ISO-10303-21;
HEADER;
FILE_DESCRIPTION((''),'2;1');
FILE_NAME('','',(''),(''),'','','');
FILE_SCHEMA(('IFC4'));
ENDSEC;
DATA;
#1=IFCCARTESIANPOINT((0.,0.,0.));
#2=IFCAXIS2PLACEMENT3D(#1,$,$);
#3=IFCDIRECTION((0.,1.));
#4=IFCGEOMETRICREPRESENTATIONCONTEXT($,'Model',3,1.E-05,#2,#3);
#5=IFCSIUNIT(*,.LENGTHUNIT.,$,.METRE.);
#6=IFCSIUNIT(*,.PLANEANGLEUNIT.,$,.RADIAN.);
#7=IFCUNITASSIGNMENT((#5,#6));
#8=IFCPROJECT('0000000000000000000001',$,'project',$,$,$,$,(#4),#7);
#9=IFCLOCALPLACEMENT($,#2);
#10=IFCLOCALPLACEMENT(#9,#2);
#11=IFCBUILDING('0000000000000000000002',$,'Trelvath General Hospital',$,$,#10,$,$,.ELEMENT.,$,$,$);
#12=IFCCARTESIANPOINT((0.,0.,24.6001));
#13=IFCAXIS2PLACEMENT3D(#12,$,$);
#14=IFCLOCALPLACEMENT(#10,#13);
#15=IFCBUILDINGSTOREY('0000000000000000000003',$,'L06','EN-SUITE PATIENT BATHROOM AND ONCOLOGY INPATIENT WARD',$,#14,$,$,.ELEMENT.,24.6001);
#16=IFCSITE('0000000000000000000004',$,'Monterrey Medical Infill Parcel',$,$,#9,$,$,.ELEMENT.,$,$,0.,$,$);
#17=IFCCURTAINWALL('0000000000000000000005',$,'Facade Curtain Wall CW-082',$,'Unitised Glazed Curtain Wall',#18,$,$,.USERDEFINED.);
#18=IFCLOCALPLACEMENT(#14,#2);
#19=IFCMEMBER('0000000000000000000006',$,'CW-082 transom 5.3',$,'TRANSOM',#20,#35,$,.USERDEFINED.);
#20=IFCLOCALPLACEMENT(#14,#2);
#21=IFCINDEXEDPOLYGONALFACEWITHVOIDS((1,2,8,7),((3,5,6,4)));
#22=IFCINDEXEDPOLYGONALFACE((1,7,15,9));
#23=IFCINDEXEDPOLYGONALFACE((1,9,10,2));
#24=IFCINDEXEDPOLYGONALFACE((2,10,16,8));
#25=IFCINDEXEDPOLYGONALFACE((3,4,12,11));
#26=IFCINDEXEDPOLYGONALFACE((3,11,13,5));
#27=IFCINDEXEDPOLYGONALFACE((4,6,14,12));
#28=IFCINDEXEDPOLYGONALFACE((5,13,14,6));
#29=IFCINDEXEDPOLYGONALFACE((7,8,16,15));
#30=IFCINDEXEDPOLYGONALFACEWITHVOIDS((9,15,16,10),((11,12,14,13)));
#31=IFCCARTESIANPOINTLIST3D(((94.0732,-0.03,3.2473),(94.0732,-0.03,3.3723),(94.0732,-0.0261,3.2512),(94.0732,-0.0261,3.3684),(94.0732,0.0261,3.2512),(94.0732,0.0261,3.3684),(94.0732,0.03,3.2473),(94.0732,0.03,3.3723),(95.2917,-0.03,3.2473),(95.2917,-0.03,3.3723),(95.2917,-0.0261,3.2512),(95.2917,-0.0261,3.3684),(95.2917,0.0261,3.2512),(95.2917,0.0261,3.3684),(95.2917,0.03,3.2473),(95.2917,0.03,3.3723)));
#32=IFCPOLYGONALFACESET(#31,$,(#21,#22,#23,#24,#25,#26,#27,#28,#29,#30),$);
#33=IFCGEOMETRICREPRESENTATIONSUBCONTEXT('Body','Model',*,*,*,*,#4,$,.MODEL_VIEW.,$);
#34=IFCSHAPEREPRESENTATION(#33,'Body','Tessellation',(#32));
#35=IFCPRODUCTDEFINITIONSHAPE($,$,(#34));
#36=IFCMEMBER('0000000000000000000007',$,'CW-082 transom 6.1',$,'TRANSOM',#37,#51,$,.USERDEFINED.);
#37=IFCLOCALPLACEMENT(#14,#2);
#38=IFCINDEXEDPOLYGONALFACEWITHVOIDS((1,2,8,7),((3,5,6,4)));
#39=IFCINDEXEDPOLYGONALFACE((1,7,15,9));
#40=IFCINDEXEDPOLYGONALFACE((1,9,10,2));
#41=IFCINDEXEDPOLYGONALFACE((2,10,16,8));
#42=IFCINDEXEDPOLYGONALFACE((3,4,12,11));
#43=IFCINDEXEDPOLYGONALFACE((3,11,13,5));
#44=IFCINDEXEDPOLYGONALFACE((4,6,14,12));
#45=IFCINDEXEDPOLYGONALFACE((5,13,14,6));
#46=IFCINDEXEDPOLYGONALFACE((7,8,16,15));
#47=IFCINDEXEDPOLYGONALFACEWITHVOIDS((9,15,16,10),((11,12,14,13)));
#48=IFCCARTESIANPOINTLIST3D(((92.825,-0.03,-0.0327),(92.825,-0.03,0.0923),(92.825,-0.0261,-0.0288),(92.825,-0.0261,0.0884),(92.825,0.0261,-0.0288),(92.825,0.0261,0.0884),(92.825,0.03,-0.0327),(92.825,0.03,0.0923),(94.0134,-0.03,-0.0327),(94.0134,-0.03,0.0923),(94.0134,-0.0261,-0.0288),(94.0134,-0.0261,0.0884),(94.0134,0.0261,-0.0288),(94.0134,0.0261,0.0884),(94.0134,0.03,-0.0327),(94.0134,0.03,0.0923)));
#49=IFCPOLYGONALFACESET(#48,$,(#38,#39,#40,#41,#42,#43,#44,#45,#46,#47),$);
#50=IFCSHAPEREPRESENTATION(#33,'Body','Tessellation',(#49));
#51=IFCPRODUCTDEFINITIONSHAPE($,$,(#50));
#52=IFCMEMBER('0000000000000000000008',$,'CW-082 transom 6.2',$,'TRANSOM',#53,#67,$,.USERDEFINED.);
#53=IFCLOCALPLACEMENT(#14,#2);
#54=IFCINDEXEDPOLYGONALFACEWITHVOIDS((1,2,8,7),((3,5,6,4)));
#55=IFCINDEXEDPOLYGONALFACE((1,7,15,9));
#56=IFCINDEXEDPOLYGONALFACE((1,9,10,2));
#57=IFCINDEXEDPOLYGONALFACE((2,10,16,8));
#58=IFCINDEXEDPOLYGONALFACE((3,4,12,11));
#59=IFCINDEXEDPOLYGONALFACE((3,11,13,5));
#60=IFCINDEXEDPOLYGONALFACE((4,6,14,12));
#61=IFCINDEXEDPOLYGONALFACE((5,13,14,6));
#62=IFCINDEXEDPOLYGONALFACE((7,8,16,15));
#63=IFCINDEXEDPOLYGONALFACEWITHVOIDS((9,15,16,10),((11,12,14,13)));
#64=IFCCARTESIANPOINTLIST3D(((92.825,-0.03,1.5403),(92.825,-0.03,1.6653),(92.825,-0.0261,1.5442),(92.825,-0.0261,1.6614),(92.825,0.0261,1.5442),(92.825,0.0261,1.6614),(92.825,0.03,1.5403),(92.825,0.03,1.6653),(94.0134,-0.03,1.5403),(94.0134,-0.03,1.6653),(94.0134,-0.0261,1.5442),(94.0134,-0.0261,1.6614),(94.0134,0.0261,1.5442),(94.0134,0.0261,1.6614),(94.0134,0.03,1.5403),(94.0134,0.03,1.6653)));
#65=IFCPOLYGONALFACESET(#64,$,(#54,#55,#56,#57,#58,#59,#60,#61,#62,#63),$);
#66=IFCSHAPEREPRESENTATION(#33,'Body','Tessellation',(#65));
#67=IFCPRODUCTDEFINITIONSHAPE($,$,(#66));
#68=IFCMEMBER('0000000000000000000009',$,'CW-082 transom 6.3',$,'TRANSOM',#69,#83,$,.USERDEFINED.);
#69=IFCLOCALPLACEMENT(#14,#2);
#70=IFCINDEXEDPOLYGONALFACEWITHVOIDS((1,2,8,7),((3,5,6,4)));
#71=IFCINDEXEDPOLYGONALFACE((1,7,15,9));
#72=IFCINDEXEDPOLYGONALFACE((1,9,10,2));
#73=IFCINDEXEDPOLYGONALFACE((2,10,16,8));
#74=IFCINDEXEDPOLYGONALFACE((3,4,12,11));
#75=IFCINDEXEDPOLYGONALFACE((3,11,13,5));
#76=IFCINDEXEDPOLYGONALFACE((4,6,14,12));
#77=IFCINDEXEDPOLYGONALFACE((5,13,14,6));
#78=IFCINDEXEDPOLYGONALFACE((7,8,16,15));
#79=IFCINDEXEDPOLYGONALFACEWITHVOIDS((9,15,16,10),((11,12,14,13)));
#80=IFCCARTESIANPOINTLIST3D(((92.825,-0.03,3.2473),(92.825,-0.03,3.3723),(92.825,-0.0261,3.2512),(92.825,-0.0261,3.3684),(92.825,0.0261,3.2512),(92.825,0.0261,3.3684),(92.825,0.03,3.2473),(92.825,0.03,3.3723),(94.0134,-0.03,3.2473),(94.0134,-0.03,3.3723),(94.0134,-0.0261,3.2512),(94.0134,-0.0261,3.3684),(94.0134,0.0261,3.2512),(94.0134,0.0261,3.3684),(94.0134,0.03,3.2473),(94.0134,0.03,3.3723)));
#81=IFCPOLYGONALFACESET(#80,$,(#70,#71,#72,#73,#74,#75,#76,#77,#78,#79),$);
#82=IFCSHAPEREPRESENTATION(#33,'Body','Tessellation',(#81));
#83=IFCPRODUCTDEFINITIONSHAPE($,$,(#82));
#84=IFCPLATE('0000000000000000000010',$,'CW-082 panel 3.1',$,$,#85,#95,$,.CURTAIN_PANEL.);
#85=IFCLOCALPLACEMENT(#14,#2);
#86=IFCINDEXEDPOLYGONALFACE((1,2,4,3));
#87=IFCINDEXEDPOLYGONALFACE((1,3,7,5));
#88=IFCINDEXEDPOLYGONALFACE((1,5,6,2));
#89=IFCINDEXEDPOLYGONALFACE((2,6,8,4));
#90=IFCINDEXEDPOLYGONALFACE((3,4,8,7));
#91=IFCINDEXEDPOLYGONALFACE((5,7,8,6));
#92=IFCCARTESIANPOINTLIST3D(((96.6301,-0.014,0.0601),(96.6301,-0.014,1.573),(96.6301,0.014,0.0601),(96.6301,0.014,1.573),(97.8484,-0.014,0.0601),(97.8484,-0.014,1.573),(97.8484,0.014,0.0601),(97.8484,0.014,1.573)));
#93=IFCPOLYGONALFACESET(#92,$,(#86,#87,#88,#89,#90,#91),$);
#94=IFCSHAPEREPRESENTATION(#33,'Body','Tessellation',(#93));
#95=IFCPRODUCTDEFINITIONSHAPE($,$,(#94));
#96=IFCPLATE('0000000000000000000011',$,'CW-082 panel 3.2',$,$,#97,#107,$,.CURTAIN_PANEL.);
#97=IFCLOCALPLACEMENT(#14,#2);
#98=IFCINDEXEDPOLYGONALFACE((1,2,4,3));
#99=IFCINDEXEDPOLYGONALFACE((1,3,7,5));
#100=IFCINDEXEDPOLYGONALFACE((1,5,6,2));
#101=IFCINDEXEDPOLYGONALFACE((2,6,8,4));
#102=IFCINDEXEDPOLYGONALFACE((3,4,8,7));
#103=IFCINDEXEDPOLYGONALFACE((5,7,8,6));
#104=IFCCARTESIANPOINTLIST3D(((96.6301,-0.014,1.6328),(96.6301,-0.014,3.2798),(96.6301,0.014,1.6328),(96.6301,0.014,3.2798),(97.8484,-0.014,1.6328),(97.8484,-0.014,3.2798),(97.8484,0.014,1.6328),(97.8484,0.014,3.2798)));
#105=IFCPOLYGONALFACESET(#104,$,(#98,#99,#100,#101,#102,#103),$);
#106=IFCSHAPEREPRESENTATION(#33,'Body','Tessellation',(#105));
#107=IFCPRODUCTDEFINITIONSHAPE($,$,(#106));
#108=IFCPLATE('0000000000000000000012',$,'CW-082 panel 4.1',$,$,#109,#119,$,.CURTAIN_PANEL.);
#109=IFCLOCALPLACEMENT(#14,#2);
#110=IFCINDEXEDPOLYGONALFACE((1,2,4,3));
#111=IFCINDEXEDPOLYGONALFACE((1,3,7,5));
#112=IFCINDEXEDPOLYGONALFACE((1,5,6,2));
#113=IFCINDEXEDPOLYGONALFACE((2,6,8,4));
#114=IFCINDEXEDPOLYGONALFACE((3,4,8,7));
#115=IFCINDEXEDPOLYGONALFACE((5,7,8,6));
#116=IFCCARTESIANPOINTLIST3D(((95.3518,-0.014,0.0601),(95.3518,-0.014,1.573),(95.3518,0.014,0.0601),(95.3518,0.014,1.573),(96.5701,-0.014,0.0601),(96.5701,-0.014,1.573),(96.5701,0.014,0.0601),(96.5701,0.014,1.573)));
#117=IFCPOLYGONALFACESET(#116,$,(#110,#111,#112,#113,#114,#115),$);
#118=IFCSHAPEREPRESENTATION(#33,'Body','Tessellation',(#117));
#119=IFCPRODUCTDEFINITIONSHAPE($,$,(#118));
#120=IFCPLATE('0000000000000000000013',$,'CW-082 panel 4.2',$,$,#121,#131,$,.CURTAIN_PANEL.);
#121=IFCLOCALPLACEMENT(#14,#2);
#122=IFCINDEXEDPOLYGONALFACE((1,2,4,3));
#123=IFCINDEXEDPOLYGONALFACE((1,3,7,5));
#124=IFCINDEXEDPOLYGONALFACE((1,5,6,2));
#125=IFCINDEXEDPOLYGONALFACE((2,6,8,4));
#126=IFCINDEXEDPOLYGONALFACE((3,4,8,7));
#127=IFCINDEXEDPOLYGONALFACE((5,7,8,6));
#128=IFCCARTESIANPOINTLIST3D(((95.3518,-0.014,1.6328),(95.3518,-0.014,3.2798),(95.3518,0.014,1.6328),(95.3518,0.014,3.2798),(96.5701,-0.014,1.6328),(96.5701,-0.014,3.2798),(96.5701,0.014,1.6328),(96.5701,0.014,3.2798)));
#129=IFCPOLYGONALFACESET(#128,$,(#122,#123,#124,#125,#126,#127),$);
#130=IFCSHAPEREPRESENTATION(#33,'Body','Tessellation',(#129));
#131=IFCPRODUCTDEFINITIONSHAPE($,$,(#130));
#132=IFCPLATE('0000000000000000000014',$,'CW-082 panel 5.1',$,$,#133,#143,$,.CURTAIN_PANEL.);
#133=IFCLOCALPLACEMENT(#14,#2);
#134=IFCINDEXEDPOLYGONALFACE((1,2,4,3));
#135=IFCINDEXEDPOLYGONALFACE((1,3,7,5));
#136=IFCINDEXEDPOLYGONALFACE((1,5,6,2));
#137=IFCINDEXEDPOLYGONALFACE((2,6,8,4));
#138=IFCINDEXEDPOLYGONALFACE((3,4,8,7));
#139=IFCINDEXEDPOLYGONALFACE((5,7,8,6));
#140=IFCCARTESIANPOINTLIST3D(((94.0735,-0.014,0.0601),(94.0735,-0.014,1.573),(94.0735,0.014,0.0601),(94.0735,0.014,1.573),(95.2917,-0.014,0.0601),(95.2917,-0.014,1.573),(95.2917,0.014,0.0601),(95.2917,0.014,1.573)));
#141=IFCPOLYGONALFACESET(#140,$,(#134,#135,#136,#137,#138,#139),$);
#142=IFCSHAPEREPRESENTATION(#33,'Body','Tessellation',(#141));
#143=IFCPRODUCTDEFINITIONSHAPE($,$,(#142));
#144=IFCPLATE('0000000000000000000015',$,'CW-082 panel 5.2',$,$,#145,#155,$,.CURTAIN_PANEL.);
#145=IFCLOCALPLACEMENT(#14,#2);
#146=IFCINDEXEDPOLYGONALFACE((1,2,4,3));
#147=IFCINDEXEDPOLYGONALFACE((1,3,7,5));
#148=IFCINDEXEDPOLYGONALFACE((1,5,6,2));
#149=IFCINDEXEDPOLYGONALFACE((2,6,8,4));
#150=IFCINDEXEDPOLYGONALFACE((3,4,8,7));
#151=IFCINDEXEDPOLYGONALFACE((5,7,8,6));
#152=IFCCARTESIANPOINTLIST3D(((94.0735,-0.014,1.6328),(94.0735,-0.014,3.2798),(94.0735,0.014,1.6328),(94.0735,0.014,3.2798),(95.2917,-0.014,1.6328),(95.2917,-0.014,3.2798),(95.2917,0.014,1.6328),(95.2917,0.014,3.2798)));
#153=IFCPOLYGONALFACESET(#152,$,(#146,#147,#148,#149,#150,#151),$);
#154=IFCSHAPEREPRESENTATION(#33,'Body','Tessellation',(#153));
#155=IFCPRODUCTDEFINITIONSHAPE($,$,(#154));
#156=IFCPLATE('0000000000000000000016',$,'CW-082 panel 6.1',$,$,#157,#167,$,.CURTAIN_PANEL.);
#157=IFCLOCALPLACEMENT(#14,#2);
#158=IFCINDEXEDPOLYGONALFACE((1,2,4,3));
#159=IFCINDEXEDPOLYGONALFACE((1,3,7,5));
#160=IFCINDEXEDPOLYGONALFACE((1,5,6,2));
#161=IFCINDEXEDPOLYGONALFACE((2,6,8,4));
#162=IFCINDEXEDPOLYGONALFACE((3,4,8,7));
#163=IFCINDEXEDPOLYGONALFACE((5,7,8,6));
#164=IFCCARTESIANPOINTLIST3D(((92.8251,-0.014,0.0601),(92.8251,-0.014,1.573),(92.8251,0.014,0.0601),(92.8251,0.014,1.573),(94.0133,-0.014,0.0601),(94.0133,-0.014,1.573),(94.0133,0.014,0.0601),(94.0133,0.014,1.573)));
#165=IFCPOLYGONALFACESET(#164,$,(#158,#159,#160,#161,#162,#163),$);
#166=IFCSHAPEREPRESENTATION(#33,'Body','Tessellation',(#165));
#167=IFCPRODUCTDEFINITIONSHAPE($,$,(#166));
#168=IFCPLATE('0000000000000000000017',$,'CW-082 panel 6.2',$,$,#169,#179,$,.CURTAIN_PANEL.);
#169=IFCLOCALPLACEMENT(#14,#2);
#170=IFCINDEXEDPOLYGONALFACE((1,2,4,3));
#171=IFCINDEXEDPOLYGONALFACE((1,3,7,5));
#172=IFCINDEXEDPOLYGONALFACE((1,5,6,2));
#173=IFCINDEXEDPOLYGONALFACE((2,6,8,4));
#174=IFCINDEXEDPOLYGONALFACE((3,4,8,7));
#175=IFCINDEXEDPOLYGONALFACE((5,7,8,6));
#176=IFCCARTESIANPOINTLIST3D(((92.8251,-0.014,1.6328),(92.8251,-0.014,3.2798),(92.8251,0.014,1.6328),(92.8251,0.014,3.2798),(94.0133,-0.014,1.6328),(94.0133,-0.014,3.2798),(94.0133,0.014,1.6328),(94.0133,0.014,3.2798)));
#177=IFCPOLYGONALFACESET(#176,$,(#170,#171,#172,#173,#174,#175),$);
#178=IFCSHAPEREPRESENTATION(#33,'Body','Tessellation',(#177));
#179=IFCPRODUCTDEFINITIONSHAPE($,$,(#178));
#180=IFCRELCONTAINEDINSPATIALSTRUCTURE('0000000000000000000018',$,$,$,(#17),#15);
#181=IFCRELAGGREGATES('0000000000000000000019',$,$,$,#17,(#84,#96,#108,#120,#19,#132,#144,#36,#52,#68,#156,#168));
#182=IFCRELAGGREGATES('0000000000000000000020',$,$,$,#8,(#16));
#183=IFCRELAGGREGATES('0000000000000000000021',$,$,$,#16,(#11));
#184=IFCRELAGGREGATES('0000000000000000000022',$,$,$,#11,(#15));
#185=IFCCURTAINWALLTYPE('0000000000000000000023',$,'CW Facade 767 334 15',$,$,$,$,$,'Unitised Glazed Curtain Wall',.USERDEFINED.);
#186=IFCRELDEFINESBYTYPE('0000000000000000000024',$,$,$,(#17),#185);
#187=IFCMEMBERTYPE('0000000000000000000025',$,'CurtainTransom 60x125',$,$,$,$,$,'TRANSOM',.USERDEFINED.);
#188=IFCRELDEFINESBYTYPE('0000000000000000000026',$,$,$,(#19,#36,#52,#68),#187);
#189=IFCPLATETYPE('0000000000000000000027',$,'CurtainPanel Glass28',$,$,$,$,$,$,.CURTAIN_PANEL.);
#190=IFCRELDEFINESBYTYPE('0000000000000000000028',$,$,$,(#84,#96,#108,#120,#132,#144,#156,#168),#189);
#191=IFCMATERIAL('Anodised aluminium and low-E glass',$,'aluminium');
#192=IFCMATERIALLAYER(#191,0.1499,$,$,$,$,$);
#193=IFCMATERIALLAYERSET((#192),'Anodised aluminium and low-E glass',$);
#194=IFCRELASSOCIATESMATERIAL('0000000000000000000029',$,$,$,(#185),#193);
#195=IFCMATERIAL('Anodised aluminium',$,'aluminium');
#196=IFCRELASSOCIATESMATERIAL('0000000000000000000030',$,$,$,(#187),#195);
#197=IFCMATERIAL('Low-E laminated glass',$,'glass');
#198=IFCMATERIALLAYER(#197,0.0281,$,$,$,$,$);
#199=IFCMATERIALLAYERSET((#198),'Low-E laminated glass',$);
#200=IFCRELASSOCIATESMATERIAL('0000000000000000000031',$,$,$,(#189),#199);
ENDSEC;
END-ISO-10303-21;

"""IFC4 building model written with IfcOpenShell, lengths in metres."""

from ifc_helpers import new_model, si_unit, direction, frame, origin, origin_2d, place, context, subcontext, project, spatial, rectangle, hollow_rectangle, extrude, material, layer, layer_set, material_profile, profile_set, type_object, element, aggregate, save


model = new_model("IFC4")

# Units and contexts
model_context = context("Model", 3, precision=1e-05, world=origin(), true_north=direction((0.0, 1.0)))
body_context = subcontext(model_context, "Body", "Model", "MODEL_VIEW")
ifc_project = project(units=[si_unit("LENGTHUNIT", "METRE"), si_unit("PLANEANGLEUNIT", "RADIAN")], contexts=[model_context])

# Site, building, storey
site_placement = place(None, origin())
site = spatial("IfcSite", under=ifc_project, at=site_placement, Name="Monterrey Medical Infill Parcel", CompositionType="ELEMENT", RefElevation=0.0)
building_placement = place(site_placement, origin())
building = spatial("IfcBuilding", under=site, at=building_placement, Name="Trelvath General Hospital", CompositionType="ELEMENT")
storey_placement = place(building_placement, frame((0.0, 0.0, 24.6001)))
storey = spatial("IfcBuildingStorey", under=building, at=storey_placement, Name="L06", Description="EN-SUITE PATIENT BATHROOM AND ONCOLOGY INPATIENT WARD", CompositionType="ELEMENT", Elevation=24.6001)

# Curtain wall, members, plates
ifc_material_1 = material(Name="Anodised aluminium and low-E glass", Category="aluminium")
ifc_layer_1 = layer(ifc_material_1, 0.1499)
ifc_layer_set_1 = layer_set([ifc_layer_1], Name="Anodised aluminium and low-E glass")
curtain_wall_type = type_object("IfcCurtainWallType", Name="CW Facade 767 334 15", ElementType="Unitised Glazed Curtain Wall", PredefinedType="USERDEFINED", material=ifc_layer_set_1)
curtain_wall_placement = place(storey_placement, origin())
curtain_wall = element("IfcCurtainWall", 1, at=curtain_wall_placement, inside=storey, type_object=curtain_wall_type, Name="Facade Curtain Wall CW-082", ObjectType="Unitised Glazed Curtain Wall", PredefinedType="USERDEFINED")
ifc_material_2 = material(Name="Anodised aluminium", Category="aluminium")
ifc_material_profile_1 = material_profile(ifc_material_2, hollow_rectangle(XDim=0.0601, YDim=0.125, WallThickness=0.0039, at=origin_2d()), Name="RHS60x125x4")
ifc_profile_set_1 = profile_set([ifc_material_profile_1], Name="Anodised aluminium")
member_type_1 = type_object("IfcMemberType", Name="CurtainTransom 60x125", ElementType="TRANSOM", PredefinedType="USERDEFINED", material=ifc_profile_set_1)
member_1_placement = place(storey_placement, frame((95.2917, 0.0, 3.3098), z_axis=(-1.0, 0.0, 0.0), x_axis=(0.0, -1.0, 0.0)))
member_1 = element("IfcMember", 2, at=member_1_placement, type_object=member_type_1, Name="CW-082 transom 5.3", ObjectType="TRANSOM", PredefinedType="USERDEFINED", context=body_context, shape_type="SweptSolid", body=[
    extrude(hollow_rectangle(XDim=0.0601, YDim=0.125, WallThickness=0.0039, at=origin_2d()), origin(), (0.0, 0.0, 1.0), 1.2185),
])
member_2_placement = place(storey_placement, frame((94.0134, 0.0, 0.0298), z_axis=(-1.0, 0.0, 0.0), x_axis=(0.0, -1.0, 0.0)))
member_2 = element("IfcMember", 3, at=member_2_placement, type_object=member_type_1, Name="CW-082 transom 6.1", ObjectType="TRANSOM", PredefinedType="USERDEFINED", context=body_context, shape_type="SweptSolid", body=[
    extrude(hollow_rectangle(XDim=0.0601, YDim=0.125, WallThickness=0.0039, at=origin_2d()), origin(), (0.0, 0.0, 1.0), 1.1885),
])
member_3_placement = place(storey_placement, frame((94.0134, 0.0, 1.6028), z_axis=(-1.0, 0.0, 0.0), x_axis=(0.0, -1.0, 0.0)))
member_3 = element("IfcMember", 4, at=member_3_placement, type_object=member_type_1, Name="CW-082 transom 6.2", ObjectType="TRANSOM", PredefinedType="USERDEFINED", context=body_context, shape_type="SweptSolid", body=[
    extrude(hollow_rectangle(XDim=0.0601, YDim=0.125, WallThickness=0.0039, at=origin_2d()), origin(), (0.0, 0.0, 1.0), 1.1885),
])
member_4_placement = place(storey_placement, frame((94.0134, 0.0, 3.3098), z_axis=(-1.0, 0.0, 0.0), x_axis=(0.0, -1.0, 0.0)))
member_4 = element("IfcMember", 5, at=member_4_placement, type_object=member_type_1, Name="CW-082 transom 6.3", ObjectType="TRANSOM", PredefinedType="USERDEFINED", context=body_context, shape_type="SweptSolid", body=[
    extrude(hollow_rectangle(XDim=0.0601, YDim=0.125, WallThickness=0.0039, at=origin_2d()), origin(), (0.0, 0.0, 1.0), 1.1885),
])
ifc_material_3 = material(Name="Low-E laminated glass", Category="glass")
ifc_layer_2 = layer(ifc_material_3, 0.0281)
ifc_layer_set_2 = layer_set([ifc_layer_2], Name="Low-E laminated glass")
plate_type = type_object("IfcPlateType", Name="CurtainPanel Glass28", PredefinedType="CURTAIN_PANEL", material=ifc_layer_set_2)
plate_1_placement = place(storey_placement, frame((97.2393, 0.0, 0.0601), z_axis=(0.0, 0.0, 1.0), x_axis=(-1.0, 0.0, 0.0)))
plate_1 = element("IfcPlate", 6, at=plate_1_placement, type_object=plate_type, Name="CW-082 panel 3.1", PredefinedType="CURTAIN_PANEL", context=body_context, shape_type="SweptSolid", body=[
    extrude(rectangle(XDim=1.2183, YDim=0.0281, at=origin_2d()), origin(), (0.0, 0.0, 1.0), 1.5129),
])
plate_2_placement = place(storey_placement, frame((97.2393, 0.0, 1.6328), z_axis=(0.0, 0.0, 1.0), x_axis=(-1.0, 0.0, 0.0)))
plate_2 = element("IfcPlate", 7, at=plate_2_placement, type_object=plate_type, Name="CW-082 panel 3.2", PredefinedType="CURTAIN_PANEL", context=body_context, shape_type="SweptSolid", body=[
    extrude(rectangle(XDim=1.2183, YDim=0.0281, at=origin_2d()), origin(), (0.0, 0.0, 1.0), 1.647),
])
plate_3_placement = place(storey_placement, frame((95.9609, 0.0, 0.0601), z_axis=(0.0, 0.0, 1.0), x_axis=(-1.0, 0.0, 0.0)))
plate_3 = element("IfcPlate", 8, at=plate_3_placement, type_object=plate_type, Name="CW-082 panel 4.1", PredefinedType="CURTAIN_PANEL", context=body_context, shape_type="SweptSolid", body=[
    extrude(rectangle(XDim=1.2183, YDim=0.0281, at=origin_2d()), origin(), (0.0, 0.0, 1.0), 1.5129),
])
plate_4_placement = place(storey_placement, frame((95.9609, 0.0, 1.6328), z_axis=(0.0, 0.0, 1.0), x_axis=(-1.0, 0.0, 0.0)))
plate_4 = element("IfcPlate", 9, at=plate_4_placement, type_object=plate_type, Name="CW-082 panel 4.2", PredefinedType="CURTAIN_PANEL", context=body_context, shape_type="SweptSolid", body=[
    extrude(rectangle(XDim=1.2183, YDim=0.0281, at=origin_2d()), origin(), (0.0, 0.0, 1.0), 1.647),
])
plate_5_placement = place(storey_placement, frame((94.6826, 0.0, 0.0601), z_axis=(0.0, 0.0, 1.0), x_axis=(-1.0, 0.0, 0.0)))
plate_5 = element("IfcPlate", 10, at=plate_5_placement, type_object=plate_type, Name="CW-082 panel 5.1", PredefinedType="CURTAIN_PANEL", context=body_context, shape_type="SweptSolid", body=[
    extrude(rectangle(XDim=1.2183, YDim=0.0281, at=origin_2d()), origin(), (0.0, 0.0, 1.0), 1.5129),
])
plate_6_placement = place(storey_placement, frame((94.6826, 0.0, 1.6328), z_axis=(0.0, 0.0, 1.0), x_axis=(-1.0, 0.0, 0.0)))
plate_6 = element("IfcPlate", 11, at=plate_6_placement, type_object=plate_type, Name="CW-082 panel 5.2", PredefinedType="CURTAIN_PANEL", context=body_context, shape_type="SweptSolid", body=[
    extrude(rectangle(XDim=1.2183, YDim=0.0281, at=origin_2d()), origin(), (0.0, 0.0, 1.0), 1.647),
])
plate_7_placement = place(storey_placement, frame((93.4192, 0.0, 0.0601), z_axis=(0.0, 0.0, 1.0), x_axis=(-1.0, 0.0, 0.0)))
plate_7 = element("IfcPlate", 12, at=plate_7_placement, type_object=plate_type, Name="CW-082 panel 6.1", PredefinedType="CURTAIN_PANEL", context=body_context, shape_type="SweptSolid", body=[
    extrude(rectangle(XDim=1.1882, YDim=0.0281, at=origin_2d()), origin(), (0.0, 0.0, 1.0), 1.5129),
])
plate_8_placement = place(storey_placement, frame((93.4192, 0.0, 1.6328), z_axis=(0.0, 0.0, 1.0), x_axis=(-1.0, 0.0, 0.0)))
plate_8 = element("IfcPlate", 13, at=plate_8_placement, type_object=plate_type, Name="CW-082 panel 6.2", PredefinedType="CURTAIN_PANEL", context=body_context, shape_type="SweptSolid", body=[
    extrude(rectangle(XDim=1.1882, YDim=0.0281, at=origin_2d()), origin(), (0.0, 0.0, 1.0), 1.647),
])
aggregate(curtain_wall, [plate_1, plate_2, plate_3, plate_4, member_1, plate_5, plate_6, member_2, member_3, member_4, plate_7, plate_8])

save(model, "model.ifc")
